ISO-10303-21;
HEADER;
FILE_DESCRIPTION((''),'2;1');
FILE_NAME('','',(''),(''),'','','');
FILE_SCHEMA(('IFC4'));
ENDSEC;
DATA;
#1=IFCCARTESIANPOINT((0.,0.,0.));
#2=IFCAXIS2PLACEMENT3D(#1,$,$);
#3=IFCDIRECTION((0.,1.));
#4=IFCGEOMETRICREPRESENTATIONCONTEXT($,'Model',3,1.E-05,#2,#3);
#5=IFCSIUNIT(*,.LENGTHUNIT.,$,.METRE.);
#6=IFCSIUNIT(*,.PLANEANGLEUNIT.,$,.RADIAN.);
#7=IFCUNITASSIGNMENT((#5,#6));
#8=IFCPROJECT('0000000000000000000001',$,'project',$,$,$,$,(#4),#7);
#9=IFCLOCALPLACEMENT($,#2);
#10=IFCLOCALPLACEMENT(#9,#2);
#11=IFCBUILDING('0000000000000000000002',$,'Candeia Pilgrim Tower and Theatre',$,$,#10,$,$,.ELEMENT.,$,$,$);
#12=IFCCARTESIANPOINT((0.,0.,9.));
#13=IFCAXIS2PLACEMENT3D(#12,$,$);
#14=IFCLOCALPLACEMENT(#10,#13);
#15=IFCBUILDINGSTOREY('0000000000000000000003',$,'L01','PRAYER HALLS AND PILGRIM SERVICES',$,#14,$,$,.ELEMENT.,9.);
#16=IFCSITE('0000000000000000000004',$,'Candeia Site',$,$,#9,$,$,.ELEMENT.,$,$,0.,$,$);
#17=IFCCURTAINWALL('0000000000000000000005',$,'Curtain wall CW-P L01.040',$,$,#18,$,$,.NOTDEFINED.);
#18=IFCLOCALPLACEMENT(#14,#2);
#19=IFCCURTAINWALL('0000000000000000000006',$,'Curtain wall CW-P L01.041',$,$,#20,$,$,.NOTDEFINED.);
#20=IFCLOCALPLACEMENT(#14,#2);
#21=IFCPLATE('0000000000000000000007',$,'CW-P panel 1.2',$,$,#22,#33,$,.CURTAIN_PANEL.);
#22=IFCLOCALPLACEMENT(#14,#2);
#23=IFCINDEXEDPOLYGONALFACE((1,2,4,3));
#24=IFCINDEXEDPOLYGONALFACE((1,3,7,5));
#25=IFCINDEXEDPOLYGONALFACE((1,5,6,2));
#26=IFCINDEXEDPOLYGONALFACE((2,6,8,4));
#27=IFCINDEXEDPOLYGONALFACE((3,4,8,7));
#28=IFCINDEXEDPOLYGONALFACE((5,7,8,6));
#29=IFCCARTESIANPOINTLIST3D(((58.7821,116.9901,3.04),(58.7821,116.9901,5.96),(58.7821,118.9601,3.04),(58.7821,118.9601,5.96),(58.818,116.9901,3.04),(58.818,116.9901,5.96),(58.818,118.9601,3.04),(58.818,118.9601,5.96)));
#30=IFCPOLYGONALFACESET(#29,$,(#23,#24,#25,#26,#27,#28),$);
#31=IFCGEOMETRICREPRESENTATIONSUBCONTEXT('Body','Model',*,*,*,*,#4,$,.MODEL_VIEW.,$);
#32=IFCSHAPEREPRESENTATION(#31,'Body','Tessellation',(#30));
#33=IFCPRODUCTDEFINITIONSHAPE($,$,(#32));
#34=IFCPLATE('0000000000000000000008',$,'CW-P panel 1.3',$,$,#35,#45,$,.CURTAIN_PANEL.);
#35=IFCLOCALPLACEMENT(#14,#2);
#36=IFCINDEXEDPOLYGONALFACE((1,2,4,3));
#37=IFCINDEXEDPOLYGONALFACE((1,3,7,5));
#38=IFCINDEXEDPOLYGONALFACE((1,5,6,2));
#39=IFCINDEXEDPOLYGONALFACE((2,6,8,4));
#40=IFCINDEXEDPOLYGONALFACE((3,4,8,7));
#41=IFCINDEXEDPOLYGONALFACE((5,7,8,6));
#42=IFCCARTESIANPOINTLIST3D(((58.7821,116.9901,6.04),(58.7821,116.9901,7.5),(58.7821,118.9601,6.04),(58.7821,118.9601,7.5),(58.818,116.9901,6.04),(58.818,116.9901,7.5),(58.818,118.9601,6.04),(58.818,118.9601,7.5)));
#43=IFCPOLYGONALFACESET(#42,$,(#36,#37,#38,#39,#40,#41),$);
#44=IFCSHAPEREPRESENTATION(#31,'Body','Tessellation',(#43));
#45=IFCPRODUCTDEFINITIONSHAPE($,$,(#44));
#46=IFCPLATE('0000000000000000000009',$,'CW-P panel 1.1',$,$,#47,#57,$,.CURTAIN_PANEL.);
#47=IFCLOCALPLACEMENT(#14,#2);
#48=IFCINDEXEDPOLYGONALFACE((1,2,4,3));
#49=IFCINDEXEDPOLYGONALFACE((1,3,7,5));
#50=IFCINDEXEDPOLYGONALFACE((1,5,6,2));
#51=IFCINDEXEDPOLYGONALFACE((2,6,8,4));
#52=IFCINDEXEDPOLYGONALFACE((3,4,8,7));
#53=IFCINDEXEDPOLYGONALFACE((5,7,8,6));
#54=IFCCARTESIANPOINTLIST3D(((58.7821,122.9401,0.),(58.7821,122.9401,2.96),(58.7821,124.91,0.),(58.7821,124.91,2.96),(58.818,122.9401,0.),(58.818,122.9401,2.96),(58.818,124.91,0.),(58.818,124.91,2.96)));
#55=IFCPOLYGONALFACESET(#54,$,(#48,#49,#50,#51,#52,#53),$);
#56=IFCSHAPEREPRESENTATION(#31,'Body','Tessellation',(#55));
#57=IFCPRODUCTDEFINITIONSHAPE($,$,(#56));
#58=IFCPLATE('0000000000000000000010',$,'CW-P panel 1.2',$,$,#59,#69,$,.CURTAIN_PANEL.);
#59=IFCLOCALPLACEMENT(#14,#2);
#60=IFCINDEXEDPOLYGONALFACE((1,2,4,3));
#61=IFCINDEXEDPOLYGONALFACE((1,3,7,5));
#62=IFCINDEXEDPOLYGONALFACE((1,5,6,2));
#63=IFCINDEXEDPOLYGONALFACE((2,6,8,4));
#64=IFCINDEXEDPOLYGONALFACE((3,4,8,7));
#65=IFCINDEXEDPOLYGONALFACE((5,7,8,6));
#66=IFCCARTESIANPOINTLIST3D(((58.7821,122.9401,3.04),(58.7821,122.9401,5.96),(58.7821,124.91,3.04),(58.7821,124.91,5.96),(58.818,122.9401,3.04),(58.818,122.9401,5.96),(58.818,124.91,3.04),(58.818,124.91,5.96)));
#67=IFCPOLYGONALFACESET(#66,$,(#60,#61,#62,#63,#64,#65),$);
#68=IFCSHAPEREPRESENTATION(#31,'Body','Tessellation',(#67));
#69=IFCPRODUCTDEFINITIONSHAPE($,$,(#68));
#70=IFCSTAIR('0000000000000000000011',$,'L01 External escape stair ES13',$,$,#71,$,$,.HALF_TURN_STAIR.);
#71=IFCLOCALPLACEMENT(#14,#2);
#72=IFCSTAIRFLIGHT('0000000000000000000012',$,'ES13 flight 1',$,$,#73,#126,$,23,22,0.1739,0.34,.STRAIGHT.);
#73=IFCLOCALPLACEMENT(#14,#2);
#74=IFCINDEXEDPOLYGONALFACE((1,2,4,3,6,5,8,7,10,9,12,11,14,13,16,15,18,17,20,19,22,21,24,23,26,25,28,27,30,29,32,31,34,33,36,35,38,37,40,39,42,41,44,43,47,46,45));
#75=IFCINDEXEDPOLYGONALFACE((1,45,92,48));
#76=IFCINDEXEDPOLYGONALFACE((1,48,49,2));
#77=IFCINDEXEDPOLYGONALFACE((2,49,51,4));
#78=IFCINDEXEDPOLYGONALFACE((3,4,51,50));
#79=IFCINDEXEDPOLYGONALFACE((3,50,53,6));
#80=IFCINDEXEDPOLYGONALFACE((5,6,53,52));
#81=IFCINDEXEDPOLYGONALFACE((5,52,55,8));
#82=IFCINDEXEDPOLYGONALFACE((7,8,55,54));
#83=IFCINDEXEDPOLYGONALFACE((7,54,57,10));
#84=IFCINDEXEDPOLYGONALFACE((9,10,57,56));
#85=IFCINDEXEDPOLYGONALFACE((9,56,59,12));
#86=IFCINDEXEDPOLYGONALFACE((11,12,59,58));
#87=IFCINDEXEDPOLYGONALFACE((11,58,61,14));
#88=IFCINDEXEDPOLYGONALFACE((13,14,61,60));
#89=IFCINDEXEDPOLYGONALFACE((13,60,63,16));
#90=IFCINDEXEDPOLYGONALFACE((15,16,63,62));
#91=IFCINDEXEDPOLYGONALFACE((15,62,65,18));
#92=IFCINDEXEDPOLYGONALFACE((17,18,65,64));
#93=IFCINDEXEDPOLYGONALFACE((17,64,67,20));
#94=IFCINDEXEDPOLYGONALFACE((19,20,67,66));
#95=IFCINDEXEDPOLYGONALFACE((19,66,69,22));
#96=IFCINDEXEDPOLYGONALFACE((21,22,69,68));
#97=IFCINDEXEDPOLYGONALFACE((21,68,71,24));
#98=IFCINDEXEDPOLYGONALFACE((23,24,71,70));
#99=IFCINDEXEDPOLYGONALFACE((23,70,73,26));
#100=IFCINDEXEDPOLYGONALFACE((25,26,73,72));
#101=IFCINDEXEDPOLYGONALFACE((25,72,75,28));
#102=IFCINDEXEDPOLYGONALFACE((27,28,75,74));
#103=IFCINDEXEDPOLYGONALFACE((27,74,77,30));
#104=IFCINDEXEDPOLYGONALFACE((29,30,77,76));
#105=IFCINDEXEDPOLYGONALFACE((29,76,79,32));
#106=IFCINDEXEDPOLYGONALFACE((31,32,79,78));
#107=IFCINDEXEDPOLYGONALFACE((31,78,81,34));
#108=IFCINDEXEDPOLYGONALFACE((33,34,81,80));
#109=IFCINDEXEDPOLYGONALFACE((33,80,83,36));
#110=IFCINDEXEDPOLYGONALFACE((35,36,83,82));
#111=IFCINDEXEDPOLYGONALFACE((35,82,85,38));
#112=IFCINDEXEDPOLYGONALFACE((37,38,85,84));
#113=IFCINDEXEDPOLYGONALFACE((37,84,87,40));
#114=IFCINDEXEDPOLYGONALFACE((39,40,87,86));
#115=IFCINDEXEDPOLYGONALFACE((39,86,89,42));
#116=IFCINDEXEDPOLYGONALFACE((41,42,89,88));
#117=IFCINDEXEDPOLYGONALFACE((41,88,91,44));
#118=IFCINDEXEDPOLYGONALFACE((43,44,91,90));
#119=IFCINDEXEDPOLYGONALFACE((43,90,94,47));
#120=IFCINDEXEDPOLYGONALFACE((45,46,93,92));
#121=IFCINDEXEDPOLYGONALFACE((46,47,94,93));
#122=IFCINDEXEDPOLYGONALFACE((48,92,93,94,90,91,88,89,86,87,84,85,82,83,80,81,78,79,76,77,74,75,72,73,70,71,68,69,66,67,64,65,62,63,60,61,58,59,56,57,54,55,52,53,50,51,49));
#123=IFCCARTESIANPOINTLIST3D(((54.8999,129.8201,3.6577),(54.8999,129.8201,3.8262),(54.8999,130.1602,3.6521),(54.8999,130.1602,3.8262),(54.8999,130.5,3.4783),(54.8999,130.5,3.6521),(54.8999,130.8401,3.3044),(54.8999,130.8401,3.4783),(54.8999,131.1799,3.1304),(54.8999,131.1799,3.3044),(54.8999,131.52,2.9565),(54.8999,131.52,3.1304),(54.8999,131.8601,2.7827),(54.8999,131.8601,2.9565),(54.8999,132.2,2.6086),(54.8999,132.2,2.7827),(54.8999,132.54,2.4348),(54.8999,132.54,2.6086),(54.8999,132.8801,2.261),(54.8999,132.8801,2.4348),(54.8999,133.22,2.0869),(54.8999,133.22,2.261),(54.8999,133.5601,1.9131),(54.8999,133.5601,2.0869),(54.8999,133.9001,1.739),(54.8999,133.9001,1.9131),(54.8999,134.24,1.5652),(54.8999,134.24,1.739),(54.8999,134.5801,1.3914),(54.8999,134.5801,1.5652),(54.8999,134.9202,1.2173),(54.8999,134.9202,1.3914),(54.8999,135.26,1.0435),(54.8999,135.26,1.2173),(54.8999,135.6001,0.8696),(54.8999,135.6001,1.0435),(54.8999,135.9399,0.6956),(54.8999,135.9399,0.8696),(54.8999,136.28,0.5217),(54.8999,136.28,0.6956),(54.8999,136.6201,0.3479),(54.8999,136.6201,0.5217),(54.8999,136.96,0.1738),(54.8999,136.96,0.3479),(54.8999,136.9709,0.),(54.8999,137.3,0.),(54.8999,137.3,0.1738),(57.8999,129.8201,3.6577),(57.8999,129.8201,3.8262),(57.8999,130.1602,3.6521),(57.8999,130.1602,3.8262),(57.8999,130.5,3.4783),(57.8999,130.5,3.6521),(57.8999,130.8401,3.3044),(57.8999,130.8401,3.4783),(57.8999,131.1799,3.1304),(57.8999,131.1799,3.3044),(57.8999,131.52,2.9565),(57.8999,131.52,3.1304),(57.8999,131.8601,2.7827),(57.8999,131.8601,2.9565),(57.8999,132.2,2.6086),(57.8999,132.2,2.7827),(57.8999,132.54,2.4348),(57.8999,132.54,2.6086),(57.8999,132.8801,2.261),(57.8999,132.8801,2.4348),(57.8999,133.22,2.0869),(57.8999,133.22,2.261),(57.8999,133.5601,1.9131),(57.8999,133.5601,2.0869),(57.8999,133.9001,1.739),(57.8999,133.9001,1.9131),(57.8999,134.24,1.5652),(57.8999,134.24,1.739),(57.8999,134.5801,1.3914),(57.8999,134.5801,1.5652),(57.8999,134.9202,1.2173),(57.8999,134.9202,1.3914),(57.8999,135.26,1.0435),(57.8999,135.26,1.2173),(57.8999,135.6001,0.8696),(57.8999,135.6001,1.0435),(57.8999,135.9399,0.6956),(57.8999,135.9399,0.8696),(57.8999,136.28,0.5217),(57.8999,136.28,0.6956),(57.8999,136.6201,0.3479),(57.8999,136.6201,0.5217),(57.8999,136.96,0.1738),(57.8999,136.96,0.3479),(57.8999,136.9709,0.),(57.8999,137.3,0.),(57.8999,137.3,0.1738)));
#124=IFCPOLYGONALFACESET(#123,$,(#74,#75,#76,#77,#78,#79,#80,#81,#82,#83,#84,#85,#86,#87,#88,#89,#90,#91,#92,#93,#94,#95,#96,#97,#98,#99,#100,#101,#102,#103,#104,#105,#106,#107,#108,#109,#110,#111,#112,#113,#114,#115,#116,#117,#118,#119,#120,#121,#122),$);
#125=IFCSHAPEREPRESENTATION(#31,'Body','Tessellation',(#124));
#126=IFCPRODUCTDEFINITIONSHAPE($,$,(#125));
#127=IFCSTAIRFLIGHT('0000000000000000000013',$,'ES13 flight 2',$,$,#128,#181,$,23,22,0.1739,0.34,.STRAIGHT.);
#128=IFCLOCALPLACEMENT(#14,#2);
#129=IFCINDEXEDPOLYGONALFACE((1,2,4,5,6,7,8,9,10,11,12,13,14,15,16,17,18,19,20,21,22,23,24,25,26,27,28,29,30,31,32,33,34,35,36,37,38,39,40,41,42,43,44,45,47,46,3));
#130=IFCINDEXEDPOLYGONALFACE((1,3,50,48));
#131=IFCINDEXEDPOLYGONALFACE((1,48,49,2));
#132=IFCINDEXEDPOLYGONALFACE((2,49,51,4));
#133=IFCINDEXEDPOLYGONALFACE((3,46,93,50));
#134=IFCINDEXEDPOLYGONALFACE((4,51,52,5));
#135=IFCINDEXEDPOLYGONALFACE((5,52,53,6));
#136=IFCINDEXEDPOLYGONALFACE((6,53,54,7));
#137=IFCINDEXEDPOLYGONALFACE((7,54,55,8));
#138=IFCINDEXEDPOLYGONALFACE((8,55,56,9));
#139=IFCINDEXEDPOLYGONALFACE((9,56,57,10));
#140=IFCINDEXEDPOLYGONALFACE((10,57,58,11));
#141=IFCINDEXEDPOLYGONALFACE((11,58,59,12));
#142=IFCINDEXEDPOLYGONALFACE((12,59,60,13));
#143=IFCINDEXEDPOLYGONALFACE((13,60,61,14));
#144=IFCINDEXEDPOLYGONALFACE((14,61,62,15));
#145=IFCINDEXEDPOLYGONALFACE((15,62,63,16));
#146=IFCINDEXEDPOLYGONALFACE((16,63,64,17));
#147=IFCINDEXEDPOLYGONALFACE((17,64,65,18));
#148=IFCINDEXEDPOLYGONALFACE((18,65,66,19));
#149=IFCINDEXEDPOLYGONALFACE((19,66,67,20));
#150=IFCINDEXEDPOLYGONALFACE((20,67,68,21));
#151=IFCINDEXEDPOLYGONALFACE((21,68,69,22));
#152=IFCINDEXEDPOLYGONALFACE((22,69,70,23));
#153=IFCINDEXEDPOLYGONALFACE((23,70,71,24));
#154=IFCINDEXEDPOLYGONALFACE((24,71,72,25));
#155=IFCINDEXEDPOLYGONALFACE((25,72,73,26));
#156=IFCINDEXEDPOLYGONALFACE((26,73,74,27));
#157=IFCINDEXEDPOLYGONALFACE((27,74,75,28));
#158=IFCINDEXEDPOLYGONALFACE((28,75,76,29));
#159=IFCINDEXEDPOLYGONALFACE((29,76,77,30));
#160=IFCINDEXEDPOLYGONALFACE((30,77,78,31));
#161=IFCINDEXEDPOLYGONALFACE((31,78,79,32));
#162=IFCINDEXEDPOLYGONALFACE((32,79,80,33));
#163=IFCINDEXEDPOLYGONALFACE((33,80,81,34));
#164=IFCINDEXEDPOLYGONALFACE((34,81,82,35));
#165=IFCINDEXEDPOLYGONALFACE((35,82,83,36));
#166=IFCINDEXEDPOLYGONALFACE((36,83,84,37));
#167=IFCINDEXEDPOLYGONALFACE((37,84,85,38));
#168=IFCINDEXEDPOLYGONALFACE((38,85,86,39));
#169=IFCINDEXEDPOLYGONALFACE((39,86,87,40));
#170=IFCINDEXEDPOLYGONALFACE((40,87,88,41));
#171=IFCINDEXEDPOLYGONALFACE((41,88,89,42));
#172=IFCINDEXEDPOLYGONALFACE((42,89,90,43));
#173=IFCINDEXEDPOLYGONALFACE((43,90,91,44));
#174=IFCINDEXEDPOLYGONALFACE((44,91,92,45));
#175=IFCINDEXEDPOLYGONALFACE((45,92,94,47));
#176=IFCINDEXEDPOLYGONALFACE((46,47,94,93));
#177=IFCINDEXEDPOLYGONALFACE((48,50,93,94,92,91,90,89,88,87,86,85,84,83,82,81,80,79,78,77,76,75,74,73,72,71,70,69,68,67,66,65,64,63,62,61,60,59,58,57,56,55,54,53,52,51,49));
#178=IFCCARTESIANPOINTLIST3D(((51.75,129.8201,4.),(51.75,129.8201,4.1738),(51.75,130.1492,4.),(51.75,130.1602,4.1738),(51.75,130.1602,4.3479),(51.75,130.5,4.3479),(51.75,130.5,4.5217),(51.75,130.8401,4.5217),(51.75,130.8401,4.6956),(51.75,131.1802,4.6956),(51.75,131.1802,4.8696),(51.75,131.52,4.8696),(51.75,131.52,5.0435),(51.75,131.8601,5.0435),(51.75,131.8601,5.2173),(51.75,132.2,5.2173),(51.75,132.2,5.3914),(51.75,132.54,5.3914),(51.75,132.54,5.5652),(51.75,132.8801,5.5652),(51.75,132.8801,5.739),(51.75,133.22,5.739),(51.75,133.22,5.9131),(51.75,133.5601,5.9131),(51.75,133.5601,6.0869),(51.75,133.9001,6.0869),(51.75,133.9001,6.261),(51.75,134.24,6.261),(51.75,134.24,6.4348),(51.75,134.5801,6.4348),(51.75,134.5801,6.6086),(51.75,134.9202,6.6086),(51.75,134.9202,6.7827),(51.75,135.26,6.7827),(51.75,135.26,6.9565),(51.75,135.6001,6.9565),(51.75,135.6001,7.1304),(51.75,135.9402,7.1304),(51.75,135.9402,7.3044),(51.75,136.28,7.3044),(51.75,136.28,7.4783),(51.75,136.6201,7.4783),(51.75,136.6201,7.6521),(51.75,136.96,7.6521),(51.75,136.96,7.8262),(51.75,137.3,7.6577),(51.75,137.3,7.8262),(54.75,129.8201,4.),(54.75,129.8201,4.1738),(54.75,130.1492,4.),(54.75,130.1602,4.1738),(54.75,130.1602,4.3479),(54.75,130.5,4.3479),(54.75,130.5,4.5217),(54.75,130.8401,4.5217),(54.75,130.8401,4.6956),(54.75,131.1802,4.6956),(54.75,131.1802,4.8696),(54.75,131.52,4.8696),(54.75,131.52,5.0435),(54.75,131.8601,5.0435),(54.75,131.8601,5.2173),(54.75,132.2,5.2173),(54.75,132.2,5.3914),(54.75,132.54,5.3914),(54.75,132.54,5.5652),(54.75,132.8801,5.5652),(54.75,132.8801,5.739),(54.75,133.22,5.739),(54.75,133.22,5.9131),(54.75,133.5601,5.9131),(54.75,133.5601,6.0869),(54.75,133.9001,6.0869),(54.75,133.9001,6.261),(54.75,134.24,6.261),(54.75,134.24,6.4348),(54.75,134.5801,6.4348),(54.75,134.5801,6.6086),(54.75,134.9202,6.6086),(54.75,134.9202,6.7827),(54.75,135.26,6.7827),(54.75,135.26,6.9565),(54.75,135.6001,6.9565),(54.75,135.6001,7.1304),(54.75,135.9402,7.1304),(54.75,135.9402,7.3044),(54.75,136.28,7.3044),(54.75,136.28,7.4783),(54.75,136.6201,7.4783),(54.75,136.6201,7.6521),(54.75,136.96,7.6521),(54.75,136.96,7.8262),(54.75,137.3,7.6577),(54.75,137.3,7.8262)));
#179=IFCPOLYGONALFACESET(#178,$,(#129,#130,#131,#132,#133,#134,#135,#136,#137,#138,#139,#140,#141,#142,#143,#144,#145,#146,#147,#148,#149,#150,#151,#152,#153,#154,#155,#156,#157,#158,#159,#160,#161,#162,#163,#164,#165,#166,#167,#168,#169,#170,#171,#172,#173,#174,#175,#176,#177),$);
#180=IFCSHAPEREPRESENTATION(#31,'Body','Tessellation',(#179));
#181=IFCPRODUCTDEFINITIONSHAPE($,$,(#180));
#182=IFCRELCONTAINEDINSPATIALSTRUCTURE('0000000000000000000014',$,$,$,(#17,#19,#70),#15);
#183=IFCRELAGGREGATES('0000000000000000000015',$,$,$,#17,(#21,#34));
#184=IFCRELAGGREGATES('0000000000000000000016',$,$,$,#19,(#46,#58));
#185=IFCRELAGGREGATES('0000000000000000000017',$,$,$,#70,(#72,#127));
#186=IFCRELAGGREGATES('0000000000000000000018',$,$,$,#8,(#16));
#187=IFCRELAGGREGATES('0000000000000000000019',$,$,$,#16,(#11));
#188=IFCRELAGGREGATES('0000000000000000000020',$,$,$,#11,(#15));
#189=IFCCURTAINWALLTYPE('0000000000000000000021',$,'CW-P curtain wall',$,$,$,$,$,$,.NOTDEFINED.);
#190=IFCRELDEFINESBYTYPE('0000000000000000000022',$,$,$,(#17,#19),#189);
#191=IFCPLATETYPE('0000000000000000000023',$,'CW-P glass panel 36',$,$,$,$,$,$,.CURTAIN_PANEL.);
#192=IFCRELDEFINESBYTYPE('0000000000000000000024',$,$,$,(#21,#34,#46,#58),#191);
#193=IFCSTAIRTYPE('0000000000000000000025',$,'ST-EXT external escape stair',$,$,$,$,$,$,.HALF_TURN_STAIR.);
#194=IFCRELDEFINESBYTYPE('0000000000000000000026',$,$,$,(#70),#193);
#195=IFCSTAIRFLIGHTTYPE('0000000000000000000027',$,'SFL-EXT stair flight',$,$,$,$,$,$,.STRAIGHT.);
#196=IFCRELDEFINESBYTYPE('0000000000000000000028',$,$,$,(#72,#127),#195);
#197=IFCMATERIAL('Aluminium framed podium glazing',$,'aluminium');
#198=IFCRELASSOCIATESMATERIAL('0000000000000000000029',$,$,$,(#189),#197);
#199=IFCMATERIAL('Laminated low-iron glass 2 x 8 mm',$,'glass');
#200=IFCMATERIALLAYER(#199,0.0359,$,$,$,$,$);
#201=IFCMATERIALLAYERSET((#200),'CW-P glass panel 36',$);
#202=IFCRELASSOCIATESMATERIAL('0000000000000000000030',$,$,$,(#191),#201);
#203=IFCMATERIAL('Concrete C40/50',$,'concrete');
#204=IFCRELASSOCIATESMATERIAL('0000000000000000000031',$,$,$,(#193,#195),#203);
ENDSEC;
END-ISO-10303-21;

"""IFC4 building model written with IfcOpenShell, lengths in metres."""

from ifc_helpers import new_model, si_unit, direction, frame, origin, origin_2d, place, context, subcontext, project, spatial, polyline, rectangle, outline, extrude, material, layer, layer_set, type_object, element, aggregate, save


model = new_model("IFC4")

# Units and contexts
model_context = context("Model", 3, precision=1e-05, world=origin(), true_north=direction((0.0, 1.0)))
body_context = subcontext(model_context, "Body", "Model", "MODEL_VIEW")
ifc_project = project(units=[si_unit("LENGTHUNIT", "METRE"), si_unit("PLANEANGLEUNIT", "RADIAN")], contexts=[model_context])

# Site, building, storey
site_placement = place(None, origin())
site = spatial("IfcSite", under=ifc_project, at=site_placement, Name="Candeia Site", CompositionType="ELEMENT", RefElevation=0.0)
building_placement = place(site_placement, origin())
building = spatial("IfcBuilding", under=site, at=building_placement, Name="Candeia Pilgrim Tower and Theatre", CompositionType="ELEMENT")
storey_placement = place(building_placement, frame((0.0, 0.0, 9.0)))
storey = spatial("IfcBuildingStorey", under=building, at=storey_placement, Name="L01", Description="PRAYER HALLS AND PILGRIM SERVICES", CompositionType="ELEMENT", Elevation=9.0)

# Shared definitions
ifc_material_1 = material(Name="Concrete C40/50", Category="concrete")

# Curtain wall
ifc_material_2 = material(Name="Aluminium framed podium glazing", Category="aluminium")
curtain_wall_type = type_object("IfcCurtainWallType", Name="CW-P curtain wall", PredefinedType="NOTDEFINED", material=ifc_material_2)
curtain_wall_1_placement = place(storey_placement, origin())
curtain_wall_1 = element("IfcCurtainWall", 1, at=curtain_wall_1_placement, inside=storey, type_object=curtain_wall_type, Name="Curtain wall CW-P L01.040", PredefinedType="NOTDEFINED")

# Curtain wall
curtain_wall_2_placement = place(storey_placement, origin())
curtain_wall_2 = element("IfcCurtainWall", 2, at=curtain_wall_2_placement, inside=storey, type_object=curtain_wall_type, Name="Curtain wall CW-P L01.041", PredefinedType="NOTDEFINED")

# Plates
ifc_material_3 = material(Name="Laminated low-iron glass 2 x 8 mm", Category="glass")
ifc_layer_1 = layer(ifc_material_3, 0.0359)
ifc_layer_set_1 = layer_set([ifc_layer_1], Name="CW-P glass panel 36")
plate_type = type_object("IfcPlateType", Name="CW-P glass panel 36", PredefinedType="CURTAIN_PANEL", material=ifc_layer_set_1)
plate_1_placement = place(storey_placement, frame((58.8, 117.9751, 3.04), z_axis=(0.0, 0.0, 1.0), x_axis=(0.0, 1.0, 0.0)))
plate_1 = element("IfcPlate", 3, at=plate_1_placement, type_object=plate_type, Name="CW-P panel 1.2", PredefinedType="CURTAIN_PANEL", context=body_context, shape_type="SweptSolid", body=[
    extrude(rectangle(XDim=1.97, YDim=0.0359, at=origin_2d()), origin(), (0.0, 0.0, 1.0), 2.9199),
])
plate_2_placement = place(storey_placement, frame((58.8, 117.9751, 6.04), z_axis=(0.0, 0.0, 1.0), x_axis=(0.0, 1.0, 0.0)))
plate_2 = element("IfcPlate", 4, at=plate_2_placement, type_object=plate_type, Name="CW-P panel 1.3", PredefinedType="CURTAIN_PANEL", context=body_context, shape_type="SweptSolid", body=[
    extrude(rectangle(XDim=1.97, YDim=0.0359, at=origin_2d()), origin(), (0.0, 0.0, 1.0), 1.46),
])
aggregate(curtain_wall_1, [plate_1, plate_2])
plate_3_placement = place(storey_placement, frame((58.8, 123.925, 0.0), z_axis=(0.0, 0.0, 1.0), x_axis=(0.0, 1.0, 0.0)))
plate_3 = element("IfcPlate", 5, at=plate_3_placement, type_object=plate_type, Name="CW-P panel 1.1", PredefinedType="CURTAIN_PANEL", context=body_context, shape_type="SweptSolid", body=[
    extrude(rectangle(XDim=1.97, YDim=0.0359, at=origin_2d()), origin(), (0.0, 0.0, 1.0), 2.96),
])
plate_4_placement = place(storey_placement, frame((58.8, 123.925, 3.04), z_axis=(0.0, 0.0, 1.0), x_axis=(0.0, 1.0, 0.0)))
plate_4 = element("IfcPlate", 6, at=plate_4_placement, type_object=plate_type, Name="CW-P panel 1.2", PredefinedType="CURTAIN_PANEL", context=body_context, shape_type="SweptSolid", body=[
    extrude(rectangle(XDim=1.97, YDim=0.0359, at=origin_2d()), origin(), (0.0, 0.0, 1.0), 2.9199),
])
aggregate(curtain_wall_2, [plate_3, plate_4])

# Stair, stair flights
stair_type = type_object("IfcStairType", Name="ST-EXT external escape stair", PredefinedType="HALF_TURN_STAIR", material=ifc_material_1)
stair_1_placement = place(storey_placement, origin())
stair_1 = element("IfcStair", 7, at=stair_1_placement, inside=storey, type_object=stair_type, Name="L01 External escape stair ES13", PredefinedType="HALF_TURN_STAIR")
stair_flight_type = type_object("IfcStairFlightType", Name="SFL-EXT stair flight", PredefinedType="STRAIGHT", material=ifc_material_1)
stair_flight_1_placement = place(storey_placement, frame((56.3999, 137.3, 0.0), z_axis=(0.0, 0.0, 1.0), x_axis=(0.0, -1.0, 0.0)))
stair_flight_1 = element("IfcStairFlight", 8, at=stair_flight_1_placement, type_object=stair_flight_type, Name="ES13 flight 1", NumberOfRisers=23, NumberOfTreads=22, PredefinedType="STRAIGHT", RiserHeight=0.1739, TreadLength=0.34, context=body_context, shape_type="SweptSolid", body=[
    extrude(outline(polyline([(0.0, 0.0), (0.0, 0.1738), (0.3401, 0.1738), (0.3401, 0.3479), (0.6799, 0.3479), (0.6799, 0.5217), (1.02, 0.5217), (1.02, 0.6956), (1.3601, 0.6956), (1.3601, 0.8696), (1.7, 0.8696), (1.7, 1.0435), (2.04, 1.0435), (2.04, 1.2173), (2.3799, 1.2173), (2.3799, 1.3914), (2.72, 1.3914), (2.72, 1.5652), (3.0601, 1.5652), (3.0601, 1.739), (3.3999, 1.739), (3.3999, 1.9131), (3.74, 1.9131), (3.74, 2.0869), (4.0801, 2.0869), (4.0801, 2.261), (4.4199, 2.261), (4.4199, 2.4348), (4.76, 2.4348), (4.76, 2.6086), (5.1001, 2.6086), (5.1001, 2.7827), (5.4399, 2.7827), (5.4399, 2.9565), (5.78, 2.9565), (5.78, 3.1304), (6.1201, 3.1304), (6.1201, 3.3044), (6.46, 3.3044), (6.46, 3.4783), (6.8, 3.4783), (6.8, 3.6521), (7.1399, 3.6521), (7.1399, 3.8262), (7.48, 3.8262), (7.48, 4.0), (7.48, 3.6577), (0.3291, 0.0), (0.0, 0.0)])), frame((0.0, 1.5, 0.0), z_axis=(0.0, -1.0, 0.0), x_axis=(1.0, 0.0, 0.0)), (0.0, 0.0, 1.0), 3.0),
])
stair_flight_2_placement = place(storey_placement, frame((53.25, 129.8201, 4.0), z_axis=(0.0, 0.0, 1.0), x_axis=(0.0, 1.0, 0.0)))
stair_flight_2 = element("IfcStairFlight", 9, at=stair_flight_2_placement, type_object=stair_flight_type, Name="ES13 flight 2", NumberOfRisers=23, NumberOfTreads=22, PredefinedType="STRAIGHT", RiserHeight=0.1739, TreadLength=0.34, context=body_context, shape_type="SweptSolid", body=[
    extrude(outline(polyline([(0.0, 0.0), (0.0, 0.1738), (0.3401, 0.1738), (0.3401, 0.3479), (0.6799, 0.3479), (0.6799, 0.5217), (1.02, 0.5217), (1.02, 0.6956), (1.3601, 0.6956), (1.3601, 0.8696), (1.7, 0.8696), (1.7, 1.0435), (2.04, 1.0435), (2.04, 1.2173), (2.3799, 1.2173), (2.3799, 1.3914), (2.72, 1.3914), (2.72, 1.5652), (3.0601, 1.5652), (3.0601, 1.739), (3.3999, 1.739), (3.3999, 1.9131), (3.74, 1.9131), (3.74, 2.0869), (4.0801, 2.0869), (4.0801, 2.261), (4.4199, 2.261), (4.4199, 2.4348), (4.76, 2.4348), (4.76, 2.6086), (5.1001, 2.6086), (5.1001, 2.7827), (5.4399, 2.7827), (5.4399, 2.9565), (5.78, 2.9565), (5.78, 3.1304), (6.1201, 3.1304), (6.1201, 3.3044), (6.46, 3.3044), (6.46, 3.4783), (6.8, 3.4783), (6.8, 3.6521), (7.1399, 3.6521), (7.1399, 3.8262), (7.48, 3.8262), (7.48, 4.0), (7.48, 3.6577), (0.3291, 0.0), (0.0, 0.0)])), frame((0.0, 1.5, 0.0), z_axis=(0.0, -1.0, 0.0), x_axis=(1.0, 0.0, 0.0)), (0.0, 0.0, 1.0), 3.0),
])
aggregate(stair_1, [stair_flight_1, stair_flight_2])

save(model, "model.ifc")
